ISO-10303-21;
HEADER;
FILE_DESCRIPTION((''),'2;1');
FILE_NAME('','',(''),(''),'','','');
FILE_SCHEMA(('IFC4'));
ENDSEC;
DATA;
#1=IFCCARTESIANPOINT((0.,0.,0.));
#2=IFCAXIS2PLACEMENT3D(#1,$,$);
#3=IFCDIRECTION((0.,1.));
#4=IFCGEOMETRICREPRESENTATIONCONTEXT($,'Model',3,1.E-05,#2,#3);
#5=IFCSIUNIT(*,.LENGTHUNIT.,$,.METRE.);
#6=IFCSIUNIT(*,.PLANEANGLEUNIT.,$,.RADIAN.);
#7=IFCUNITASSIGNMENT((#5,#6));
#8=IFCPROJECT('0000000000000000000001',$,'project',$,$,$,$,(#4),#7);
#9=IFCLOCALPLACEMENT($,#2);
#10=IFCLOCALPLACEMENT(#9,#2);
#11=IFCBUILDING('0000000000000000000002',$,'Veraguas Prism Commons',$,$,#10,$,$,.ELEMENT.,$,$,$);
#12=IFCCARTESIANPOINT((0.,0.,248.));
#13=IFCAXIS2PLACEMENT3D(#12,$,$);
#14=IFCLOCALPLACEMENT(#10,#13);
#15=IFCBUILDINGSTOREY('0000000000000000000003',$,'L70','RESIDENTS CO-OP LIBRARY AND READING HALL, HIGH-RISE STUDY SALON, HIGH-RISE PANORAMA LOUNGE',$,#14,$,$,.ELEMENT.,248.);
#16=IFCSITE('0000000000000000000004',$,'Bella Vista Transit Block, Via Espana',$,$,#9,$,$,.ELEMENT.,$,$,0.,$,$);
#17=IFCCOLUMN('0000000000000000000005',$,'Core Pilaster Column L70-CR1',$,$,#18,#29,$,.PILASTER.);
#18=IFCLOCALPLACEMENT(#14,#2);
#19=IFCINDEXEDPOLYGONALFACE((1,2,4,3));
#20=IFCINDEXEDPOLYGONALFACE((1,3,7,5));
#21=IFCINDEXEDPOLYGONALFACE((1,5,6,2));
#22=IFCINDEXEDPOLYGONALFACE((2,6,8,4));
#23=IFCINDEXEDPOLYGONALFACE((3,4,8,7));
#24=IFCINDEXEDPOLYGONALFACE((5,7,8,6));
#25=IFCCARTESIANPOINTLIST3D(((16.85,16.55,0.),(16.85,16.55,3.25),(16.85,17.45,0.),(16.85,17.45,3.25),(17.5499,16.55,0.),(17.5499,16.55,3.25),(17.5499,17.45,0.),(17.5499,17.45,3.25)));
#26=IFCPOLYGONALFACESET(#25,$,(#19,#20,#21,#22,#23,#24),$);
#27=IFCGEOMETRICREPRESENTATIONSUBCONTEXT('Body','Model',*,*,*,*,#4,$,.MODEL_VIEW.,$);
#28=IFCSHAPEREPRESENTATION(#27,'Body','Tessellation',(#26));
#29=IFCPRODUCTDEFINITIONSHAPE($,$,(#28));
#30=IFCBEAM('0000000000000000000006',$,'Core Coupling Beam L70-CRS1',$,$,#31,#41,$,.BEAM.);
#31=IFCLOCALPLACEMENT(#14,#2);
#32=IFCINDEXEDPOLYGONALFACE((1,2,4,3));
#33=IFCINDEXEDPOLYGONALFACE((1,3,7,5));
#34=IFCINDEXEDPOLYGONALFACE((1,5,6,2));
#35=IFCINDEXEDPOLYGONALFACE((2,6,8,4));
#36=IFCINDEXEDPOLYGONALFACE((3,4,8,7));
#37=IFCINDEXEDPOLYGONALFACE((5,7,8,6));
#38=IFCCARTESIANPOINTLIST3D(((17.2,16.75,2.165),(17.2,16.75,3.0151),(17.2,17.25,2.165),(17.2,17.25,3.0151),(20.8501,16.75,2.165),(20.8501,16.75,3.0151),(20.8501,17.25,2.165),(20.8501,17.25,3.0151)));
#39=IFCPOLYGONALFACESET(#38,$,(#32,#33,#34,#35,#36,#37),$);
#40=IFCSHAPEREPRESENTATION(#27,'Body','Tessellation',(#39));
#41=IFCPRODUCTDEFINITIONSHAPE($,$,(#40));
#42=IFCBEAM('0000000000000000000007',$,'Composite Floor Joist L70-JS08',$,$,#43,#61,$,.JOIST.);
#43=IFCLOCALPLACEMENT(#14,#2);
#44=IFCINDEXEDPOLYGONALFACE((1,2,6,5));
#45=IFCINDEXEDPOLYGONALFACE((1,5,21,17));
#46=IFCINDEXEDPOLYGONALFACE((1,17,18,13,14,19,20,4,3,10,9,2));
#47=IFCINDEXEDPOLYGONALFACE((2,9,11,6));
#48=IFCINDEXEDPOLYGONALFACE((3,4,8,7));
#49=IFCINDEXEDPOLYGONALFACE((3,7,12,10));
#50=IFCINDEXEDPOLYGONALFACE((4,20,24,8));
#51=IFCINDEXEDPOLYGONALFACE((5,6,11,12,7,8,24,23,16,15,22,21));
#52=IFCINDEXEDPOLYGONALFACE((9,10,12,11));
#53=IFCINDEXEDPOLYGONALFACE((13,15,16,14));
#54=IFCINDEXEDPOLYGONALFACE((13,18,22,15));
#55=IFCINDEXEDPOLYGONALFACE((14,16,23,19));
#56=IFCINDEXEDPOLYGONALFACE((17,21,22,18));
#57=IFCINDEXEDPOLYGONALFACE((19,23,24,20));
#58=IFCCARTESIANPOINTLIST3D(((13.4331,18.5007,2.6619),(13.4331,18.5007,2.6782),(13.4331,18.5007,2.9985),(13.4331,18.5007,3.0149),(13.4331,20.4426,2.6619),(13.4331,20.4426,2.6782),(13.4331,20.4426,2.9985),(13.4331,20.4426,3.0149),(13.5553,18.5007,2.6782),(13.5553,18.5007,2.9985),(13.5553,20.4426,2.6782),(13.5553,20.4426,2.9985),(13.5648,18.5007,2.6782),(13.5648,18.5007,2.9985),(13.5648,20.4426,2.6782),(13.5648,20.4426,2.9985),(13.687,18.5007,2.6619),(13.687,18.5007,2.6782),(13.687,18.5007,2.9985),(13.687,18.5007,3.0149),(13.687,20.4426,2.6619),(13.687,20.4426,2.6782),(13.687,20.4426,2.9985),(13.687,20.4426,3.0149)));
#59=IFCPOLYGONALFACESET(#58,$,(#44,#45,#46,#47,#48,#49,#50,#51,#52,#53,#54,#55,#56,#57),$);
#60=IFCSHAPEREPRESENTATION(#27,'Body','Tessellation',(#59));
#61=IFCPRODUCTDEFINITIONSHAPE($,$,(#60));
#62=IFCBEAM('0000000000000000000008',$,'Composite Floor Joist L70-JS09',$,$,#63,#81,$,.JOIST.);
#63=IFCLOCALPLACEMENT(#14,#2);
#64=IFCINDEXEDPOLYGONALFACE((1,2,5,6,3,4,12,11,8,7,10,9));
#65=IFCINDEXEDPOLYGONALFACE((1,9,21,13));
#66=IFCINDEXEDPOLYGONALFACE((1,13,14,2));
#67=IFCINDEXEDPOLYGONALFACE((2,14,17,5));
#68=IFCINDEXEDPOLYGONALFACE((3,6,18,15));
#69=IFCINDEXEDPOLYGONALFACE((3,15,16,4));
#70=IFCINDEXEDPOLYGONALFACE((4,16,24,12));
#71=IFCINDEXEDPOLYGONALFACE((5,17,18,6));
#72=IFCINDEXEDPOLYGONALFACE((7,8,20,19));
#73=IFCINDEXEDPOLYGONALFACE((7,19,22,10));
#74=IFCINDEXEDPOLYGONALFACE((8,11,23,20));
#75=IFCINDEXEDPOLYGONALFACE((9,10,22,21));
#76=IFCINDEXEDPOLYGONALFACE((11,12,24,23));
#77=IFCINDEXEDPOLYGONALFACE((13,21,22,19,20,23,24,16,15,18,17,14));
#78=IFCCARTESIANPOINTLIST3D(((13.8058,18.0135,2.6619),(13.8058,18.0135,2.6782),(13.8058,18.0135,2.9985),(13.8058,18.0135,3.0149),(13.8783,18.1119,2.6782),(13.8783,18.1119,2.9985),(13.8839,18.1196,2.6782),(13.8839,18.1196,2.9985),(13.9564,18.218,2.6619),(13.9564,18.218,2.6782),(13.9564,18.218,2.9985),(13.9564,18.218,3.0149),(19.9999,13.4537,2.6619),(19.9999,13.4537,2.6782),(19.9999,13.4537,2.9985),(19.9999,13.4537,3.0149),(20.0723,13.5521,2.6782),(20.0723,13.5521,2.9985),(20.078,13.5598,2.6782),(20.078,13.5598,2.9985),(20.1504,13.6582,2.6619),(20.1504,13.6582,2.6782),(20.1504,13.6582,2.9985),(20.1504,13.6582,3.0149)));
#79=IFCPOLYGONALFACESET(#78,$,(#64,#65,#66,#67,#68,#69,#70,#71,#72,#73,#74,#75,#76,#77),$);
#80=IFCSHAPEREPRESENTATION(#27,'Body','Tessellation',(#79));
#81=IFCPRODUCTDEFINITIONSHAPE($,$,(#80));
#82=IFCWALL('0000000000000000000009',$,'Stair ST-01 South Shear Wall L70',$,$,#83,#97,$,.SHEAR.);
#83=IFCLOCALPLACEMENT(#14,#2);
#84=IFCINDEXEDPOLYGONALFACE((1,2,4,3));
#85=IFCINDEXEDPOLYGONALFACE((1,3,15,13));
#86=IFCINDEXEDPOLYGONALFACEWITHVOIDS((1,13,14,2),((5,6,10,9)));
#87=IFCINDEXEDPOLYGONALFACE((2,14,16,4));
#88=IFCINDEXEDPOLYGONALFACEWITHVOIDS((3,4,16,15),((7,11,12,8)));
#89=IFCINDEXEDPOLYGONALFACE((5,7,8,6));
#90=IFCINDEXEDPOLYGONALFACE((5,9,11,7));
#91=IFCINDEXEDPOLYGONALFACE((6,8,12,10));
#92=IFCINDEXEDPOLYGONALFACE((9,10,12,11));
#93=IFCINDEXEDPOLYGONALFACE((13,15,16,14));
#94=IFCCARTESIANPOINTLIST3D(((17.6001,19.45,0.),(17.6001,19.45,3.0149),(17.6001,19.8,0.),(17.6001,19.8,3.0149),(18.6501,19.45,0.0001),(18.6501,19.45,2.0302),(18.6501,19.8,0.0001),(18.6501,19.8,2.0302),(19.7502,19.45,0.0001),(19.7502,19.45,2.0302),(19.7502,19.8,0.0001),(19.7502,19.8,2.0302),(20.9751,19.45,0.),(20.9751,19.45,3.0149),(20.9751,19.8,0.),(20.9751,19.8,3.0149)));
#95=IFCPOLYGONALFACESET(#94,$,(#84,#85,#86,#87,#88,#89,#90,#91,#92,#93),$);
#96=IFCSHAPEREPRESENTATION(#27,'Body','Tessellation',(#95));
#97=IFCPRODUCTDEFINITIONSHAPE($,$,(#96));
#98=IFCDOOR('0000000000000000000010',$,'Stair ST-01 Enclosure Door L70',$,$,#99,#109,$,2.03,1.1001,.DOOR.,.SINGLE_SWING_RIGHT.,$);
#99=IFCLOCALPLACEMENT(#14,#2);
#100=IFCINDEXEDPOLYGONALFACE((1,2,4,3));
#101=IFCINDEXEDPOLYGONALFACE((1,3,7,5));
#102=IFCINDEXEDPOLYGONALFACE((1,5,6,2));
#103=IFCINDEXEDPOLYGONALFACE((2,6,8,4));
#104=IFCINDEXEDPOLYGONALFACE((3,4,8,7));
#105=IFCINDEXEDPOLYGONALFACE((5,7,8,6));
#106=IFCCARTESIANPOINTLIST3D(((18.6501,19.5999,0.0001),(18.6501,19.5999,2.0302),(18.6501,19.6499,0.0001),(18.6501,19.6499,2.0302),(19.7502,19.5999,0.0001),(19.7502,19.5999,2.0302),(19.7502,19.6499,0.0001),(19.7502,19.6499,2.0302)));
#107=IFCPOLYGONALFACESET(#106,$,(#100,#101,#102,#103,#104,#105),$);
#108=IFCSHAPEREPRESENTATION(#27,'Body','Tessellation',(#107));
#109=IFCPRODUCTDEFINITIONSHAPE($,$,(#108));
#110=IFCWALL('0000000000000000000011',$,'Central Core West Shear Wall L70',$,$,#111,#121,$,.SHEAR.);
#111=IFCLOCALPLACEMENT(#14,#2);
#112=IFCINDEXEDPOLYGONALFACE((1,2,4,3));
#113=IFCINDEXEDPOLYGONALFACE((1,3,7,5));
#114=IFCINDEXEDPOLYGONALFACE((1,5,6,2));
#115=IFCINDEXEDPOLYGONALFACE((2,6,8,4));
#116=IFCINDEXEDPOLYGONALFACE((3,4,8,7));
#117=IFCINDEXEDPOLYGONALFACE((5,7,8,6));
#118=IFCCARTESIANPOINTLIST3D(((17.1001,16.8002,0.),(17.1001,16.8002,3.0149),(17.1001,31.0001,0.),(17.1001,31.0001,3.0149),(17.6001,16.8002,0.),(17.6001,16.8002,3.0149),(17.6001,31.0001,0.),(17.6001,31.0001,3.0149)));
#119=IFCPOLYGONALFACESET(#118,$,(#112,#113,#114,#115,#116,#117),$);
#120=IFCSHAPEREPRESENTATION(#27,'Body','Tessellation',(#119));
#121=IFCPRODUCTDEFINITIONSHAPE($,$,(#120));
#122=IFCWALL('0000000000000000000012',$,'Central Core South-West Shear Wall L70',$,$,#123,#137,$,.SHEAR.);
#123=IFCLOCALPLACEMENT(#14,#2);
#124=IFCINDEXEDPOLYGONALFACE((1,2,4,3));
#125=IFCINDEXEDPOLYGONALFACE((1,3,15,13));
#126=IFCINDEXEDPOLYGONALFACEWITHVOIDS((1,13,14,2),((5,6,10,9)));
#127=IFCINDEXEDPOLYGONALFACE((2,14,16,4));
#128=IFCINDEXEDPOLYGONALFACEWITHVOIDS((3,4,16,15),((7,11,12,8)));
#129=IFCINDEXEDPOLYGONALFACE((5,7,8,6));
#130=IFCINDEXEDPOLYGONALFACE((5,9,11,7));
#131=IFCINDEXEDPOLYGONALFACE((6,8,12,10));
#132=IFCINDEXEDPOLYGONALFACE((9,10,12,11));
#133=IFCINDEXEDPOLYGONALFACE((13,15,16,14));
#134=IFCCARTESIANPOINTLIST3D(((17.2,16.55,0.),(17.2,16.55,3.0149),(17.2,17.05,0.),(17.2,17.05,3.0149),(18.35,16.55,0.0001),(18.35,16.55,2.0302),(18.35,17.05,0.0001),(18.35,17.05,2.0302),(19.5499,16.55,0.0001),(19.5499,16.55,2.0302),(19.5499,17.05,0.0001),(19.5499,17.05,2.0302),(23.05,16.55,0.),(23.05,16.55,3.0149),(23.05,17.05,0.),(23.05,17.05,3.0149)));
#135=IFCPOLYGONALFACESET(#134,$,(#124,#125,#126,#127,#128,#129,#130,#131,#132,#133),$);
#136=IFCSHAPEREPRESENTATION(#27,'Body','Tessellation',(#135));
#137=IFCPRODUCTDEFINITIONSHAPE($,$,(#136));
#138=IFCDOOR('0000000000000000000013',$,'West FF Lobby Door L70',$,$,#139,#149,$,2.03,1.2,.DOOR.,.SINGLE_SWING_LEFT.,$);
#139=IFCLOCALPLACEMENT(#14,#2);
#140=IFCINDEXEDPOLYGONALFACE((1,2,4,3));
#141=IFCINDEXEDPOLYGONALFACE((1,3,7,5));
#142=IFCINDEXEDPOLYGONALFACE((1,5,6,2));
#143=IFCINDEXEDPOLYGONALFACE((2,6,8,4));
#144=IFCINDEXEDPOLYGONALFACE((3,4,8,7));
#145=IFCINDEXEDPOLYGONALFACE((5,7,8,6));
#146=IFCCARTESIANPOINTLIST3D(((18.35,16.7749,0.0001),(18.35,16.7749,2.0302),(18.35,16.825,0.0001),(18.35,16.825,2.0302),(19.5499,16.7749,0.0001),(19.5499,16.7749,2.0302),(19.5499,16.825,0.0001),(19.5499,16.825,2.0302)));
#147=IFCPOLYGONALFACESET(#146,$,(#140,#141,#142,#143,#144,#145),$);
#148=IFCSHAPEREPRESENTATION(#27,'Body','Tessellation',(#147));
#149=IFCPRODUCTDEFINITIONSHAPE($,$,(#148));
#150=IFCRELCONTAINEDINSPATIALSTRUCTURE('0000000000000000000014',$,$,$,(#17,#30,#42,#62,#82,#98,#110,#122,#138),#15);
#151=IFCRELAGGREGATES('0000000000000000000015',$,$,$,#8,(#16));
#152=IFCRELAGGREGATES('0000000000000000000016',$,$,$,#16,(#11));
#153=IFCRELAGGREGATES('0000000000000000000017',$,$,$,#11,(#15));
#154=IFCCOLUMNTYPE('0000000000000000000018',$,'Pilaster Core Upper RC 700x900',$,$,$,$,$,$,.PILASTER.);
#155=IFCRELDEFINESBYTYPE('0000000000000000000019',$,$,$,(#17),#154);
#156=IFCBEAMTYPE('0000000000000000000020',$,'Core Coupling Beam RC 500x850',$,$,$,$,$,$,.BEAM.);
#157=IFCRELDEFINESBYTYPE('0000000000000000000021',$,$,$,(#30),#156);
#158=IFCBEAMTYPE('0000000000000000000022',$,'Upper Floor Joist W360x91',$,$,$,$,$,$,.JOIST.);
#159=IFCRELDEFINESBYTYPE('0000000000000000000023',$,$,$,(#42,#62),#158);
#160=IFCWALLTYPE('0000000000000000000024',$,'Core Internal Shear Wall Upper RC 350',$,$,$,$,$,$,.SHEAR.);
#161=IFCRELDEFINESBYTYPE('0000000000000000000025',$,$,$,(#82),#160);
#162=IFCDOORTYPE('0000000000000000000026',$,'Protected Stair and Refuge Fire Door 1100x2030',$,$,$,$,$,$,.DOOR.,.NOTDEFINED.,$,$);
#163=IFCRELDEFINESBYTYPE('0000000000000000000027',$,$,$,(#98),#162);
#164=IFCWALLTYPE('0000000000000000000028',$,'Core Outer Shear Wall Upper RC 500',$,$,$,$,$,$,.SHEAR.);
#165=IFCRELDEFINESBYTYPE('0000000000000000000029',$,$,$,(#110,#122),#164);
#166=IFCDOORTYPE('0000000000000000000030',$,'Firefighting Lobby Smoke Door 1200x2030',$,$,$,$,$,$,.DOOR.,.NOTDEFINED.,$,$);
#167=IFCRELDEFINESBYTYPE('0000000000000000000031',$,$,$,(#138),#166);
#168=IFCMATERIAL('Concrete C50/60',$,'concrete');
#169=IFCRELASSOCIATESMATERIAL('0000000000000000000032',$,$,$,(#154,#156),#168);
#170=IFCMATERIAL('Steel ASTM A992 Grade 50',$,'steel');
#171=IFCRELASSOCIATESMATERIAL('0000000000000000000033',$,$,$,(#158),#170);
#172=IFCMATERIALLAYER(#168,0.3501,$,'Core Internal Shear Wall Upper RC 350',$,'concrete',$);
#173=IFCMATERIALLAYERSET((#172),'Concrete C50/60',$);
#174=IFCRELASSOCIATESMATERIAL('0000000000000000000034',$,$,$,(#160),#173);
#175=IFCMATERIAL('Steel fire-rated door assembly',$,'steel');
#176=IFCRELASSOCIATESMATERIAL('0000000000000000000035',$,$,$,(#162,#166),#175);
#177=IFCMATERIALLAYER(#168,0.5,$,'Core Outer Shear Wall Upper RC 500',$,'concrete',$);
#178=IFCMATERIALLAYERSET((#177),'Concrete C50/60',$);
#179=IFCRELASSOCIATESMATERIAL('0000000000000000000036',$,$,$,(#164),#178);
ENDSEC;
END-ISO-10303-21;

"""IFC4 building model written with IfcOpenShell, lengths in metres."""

from ifc_helpers import new_model, si_unit, direction, frame, frame_2d, origin, origin_2d, place, context, subcontext, project, spatial, rectangle, i_section, extrude, source, transform, mapped, material, layer, layer_set, material_profile, profile_set, type_object, element, fill, save


model = new_model("IFC4")

# Units and contexts
model_context = context("Model", 3, precision=1e-05, world=origin(), true_north=direction((0.0, 1.0)))
body_context = subcontext(model_context, "Body", "Model", "MODEL_VIEW")
ifc_project = project(units=[si_unit("LENGTHUNIT", "METRE"), si_unit("PLANEANGLEUNIT", "RADIAN")], contexts=[model_context])

# Site, building, storey
site_placement = place(None, origin())
site = spatial("IfcSite", under=ifc_project, at=site_placement, Name="Bella Vista Transit Block, Via Espana", CompositionType="ELEMENT", RefElevation=0.0)
building_placement = place(site_placement, origin())
building = spatial("IfcBuilding", under=site, at=building_placement, Name="Veraguas Prism Commons", CompositionType="ELEMENT")
storey_placement = place(building_placement, frame((0.0, 0.0, 248.0)))
storey = spatial("IfcBuildingStorey", under=building, at=storey_placement, Name="L70", Description="RESIDENTS CO-OP LIBRARY AND READING HALL, HIGH-RISE STUDY SALON, HIGH-RISE PANORAMA LOUNGE", CompositionType="ELEMENT", Elevation=248.0)

# Column
ifc_material_1 = material(Name="Concrete C50/60", Category="concrete")
ifc_material_profile_1 = material_profile(ifc_material_1, rectangle(XDim=0.7, YDim=0.8999, at=origin_2d()), Name="RC700X900")
ifc_profile_set_1 = profile_set([ifc_material_profile_1], Name="Concrete C50/60")
column_type = type_object("IfcColumnType", Name="Pilaster Core Upper RC 700x900", PredefinedType="PILASTER", material=ifc_profile_set_1)
column_placement = place(storey_placement, frame((17.2, 17.0, 0.0), z_axis=(0.0, 0.0, 1.0), x_axis=(1.0, 0.0, 0.0)))
element("IfcColumn", 1, at=column_placement, inside=storey, type_object=column_type, Name="Core Pilaster Column L70-CR1", PredefinedType="PILASTER", context=body_context, shape_type="SweptSolid", body=[
    extrude(rectangle(XDim=0.7, YDim=0.8999, at=origin_2d()), origin(), (0.0, 0.0, 1.0), 3.25),
])

# Beams
ifc_material_profile_2 = material_profile(ifc_material_1, rectangle(XDim=0.5, YDim=0.8501, at=origin_2d()), Name="RC500X850")
ifc_profile_set_2 = profile_set([ifc_material_profile_2], Name="Concrete C50/60")
beam_type_1 = type_object("IfcBeamType", Name="Core Coupling Beam RC 500x850", PredefinedType="BEAM", material=ifc_profile_set_2)
beam_1_placement = place(storey_placement, frame((17.2, 17.0, 2.5901), z_axis=(1.0, 0.0, 0.0), x_axis=(0.0, 1.0, 0.0)))
element("IfcBeam", 2, at=beam_1_placement, inside=storey, type_object=beam_type_1, Name="Core Coupling Beam L70-CRS1", PredefinedType="BEAM", context=body_context, shape_type="SweptSolid", body=[
    extrude(rectangle(XDim=0.5, YDim=0.8501, at=origin_2d()), origin(), (0.0, 0.0, 1.0), 3.6501),
])
ifc_material_2 = material(Name="Steel ASTM A992 Grade 50", Category="steel")
ifc_material_profile_3 = material_profile(ifc_material_2, i_section(OverallWidth=0.2539, OverallDepth=0.353, WebThickness=0.0095, FlangeThickness=0.0164, at=origin_2d()), Name="W360X91")
ifc_profile_set_3 = profile_set([ifc_material_profile_3], Name="Steel ASTM A992 Grade 50")
beam_type_2 = type_object("IfcBeamType", Name="Upper Floor Joist W360x91", PredefinedType="JOIST", material=ifc_profile_set_3)
beam_2_placement = place(storey_placement, frame((13.5601, 20.4426, 2.8384), z_axis=(0.0, -1.0, 0.0), x_axis=(1.0, 0.0, 0.0)))
element("IfcBeam", 3, at=beam_2_placement, inside=storey, type_object=beam_type_2, Name="Composite Floor Joist L70-JS08", PredefinedType="JOIST", context=body_context, shape_type="SweptSolid", body=[
    extrude(i_section(OverallWidth=0.2539, OverallDepth=0.353, WebThickness=0.0095, FlangeThickness=0.0164, at=origin_2d()), origin(), (0.0, 0.0, 1.0), 1.9419),
])
beam_3_placement = place(storey_placement, frame((13.8811, 18.1157, 2.8384), z_axis=(0.80532, -0.592841, 0.0), x_axis=(0.592841, 0.80532, 0.0)))
element("IfcBeam", 4, at=beam_3_placement, inside=storey, type_object=beam_type_2, Name="Composite Floor Joist L70-JS09", PredefinedType="JOIST", context=body_context, shape_type="SweptSolid", body=[
    extrude(i_section(OverallWidth=0.2539, OverallDepth=0.353, WebThickness=0.0095, FlangeThickness=0.0164, at=origin_2d()), origin(), (0.0, 0.0, 1.0), 7.6914),
])

# Wall, opening, door
ifc_layer_1 = layer(ifc_material_1, 0.3501, Name="Core Internal Shear Wall Upper RC 350", Category="concrete")
ifc_layer_set_1 = layer_set([ifc_layer_1], Name="Concrete C50/60")
wall_type_1 = type_object("IfcWallType", Name="Core Internal Shear Wall Upper RC 350", PredefinedType="SHEAR", material=ifc_layer_set_1)
wall_1_placement = place(storey_placement, frame((17.6001, 19.625, 0.0), z_axis=(0.0, 0.0, 1.0), x_axis=(1.0, 0.0, 0.0)))
wall_1 = element("IfcWall", 5, at=wall_1_placement, inside=storey, type_object=wall_type_1, Name="Stair ST-01 South Shear Wall L70", PredefinedType="SHEAR", context=body_context, shape_type="SweptSolid", body=[
    extrude(rectangle(XDim=3.375, YDim=0.3501, at=frame_2d((1.6875, 0.0))), origin(), (0.0, 0.0, 1.0), 3.0149),
])
opening_1_placement = place(wall_1_placement, frame((1.05, 0.0, 0.0)))
opening_1 = element("IfcOpeningElement", 6, at=opening_1_placement, cuts=wall_1, PredefinedType="OPENING", context=body_context, shape_type="SweptSolid", body=[
    extrude(rectangle(XDim=1.1001, YDim=2.03, at=frame_2d((0.55, 1.0151))), frame((0.0, 0.1851, 0.0), z_axis=(0.0, -1.0, 0.0), x_axis=(1.0, 0.0, 0.0)), (0.0, 0.0, 1.0), 0.3701),
])
ifc_material_3 = material(Name="Steel fire-rated door assembly", Category="steel")
door_type_1 = type_object("IfcDoorType", Name="Protected Stair and Refuge Fire Door 1100x2030", OperationType="NOTDEFINED", PredefinedType="DOOR", material=ifc_material_3)
shared_shape_1 = source(origin(), body_context, "Body", "SweptSolid", [
    extrude(rectangle(XDim=1.1001, YDim=2.03, at=frame_2d((0.55, 1.0151))), frame((0.0, 0.0249, 0.0), z_axis=(0.0, -1.0, 0.0), x_axis=(1.0, 0.0, 0.0)), (0.0, 0.0, 1.0), 0.05),
])
door_1_placement = place(opening_1_placement, origin())
door_1 = element("IfcDoor", 7, at=door_1_placement, inside=storey, type_object=door_type_1, Name="Stair ST-01 Enclosure Door L70", OperationType="SINGLE_SWING_RIGHT", OverallHeight=2.03, OverallWidth=1.1001, PredefinedType="DOOR", context=body_context, shape_type="MappedRepresentation", body=[
    mapped(shared_shape_1, transform((0.0, 0.0, 0.0), scale=1.0)),
])
fill(opening_1, door_1)

# Wall
ifc_layer_2 = layer(ifc_material_1, 0.5, Name="Core Outer Shear Wall Upper RC 500", Category="concrete")
ifc_layer_set_2 = layer_set([ifc_layer_2], Name="Concrete C50/60")
wall_type_2 = type_object("IfcWallType", Name="Core Outer Shear Wall Upper RC 500", PredefinedType="SHEAR", material=ifc_layer_set_2)
wall_2_placement = place(storey_placement, frame((17.3501, 16.8, 0.0), z_axis=(0.0, 0.0, 1.0), x_axis=(0.0, 1.0, 0.0)))
element("IfcWall", 8, at=wall_2_placement, inside=storey, type_object=wall_type_2, Name="Central Core West Shear Wall L70", PredefinedType="SHEAR", context=body_context, shape_type="SweptSolid", body=[
    extrude(rectangle(XDim=14.2, YDim=0.5, at=frame_2d((7.1001, 0.0))), origin(), (0.0, 0.0, 1.0), 3.0149),
])

# Wall, opening, door
wall_3_placement = place(storey_placement, frame((17.2, 16.8, 0.0), z_axis=(0.0, 0.0, 1.0), x_axis=(1.0, 0.0, 0.0)))
wall_3 = element("IfcWall", 9, at=wall_3_placement, inside=storey, type_object=wall_type_2, Name="Central Core South-West Shear Wall L70", PredefinedType="SHEAR", context=body_context, shape_type="SweptSolid", body=[
    extrude(rectangle(XDim=5.8501, YDim=0.5, at=frame_2d((2.925, 0.0))), origin(), (0.0, 0.0, 1.0), 3.0149),
])
opening_2_placement = place(wall_3_placement, frame((1.1499, 0.0, 0.0)))
opening_2 = element("IfcOpeningElement", 10, at=opening_2_placement, cuts=wall_3, PredefinedType="OPENING", context=body_context, shape_type="SweptSolid", body=[
    extrude(rectangle(XDim=1.2, YDim=2.03, at=frame_2d((0.6001, 1.0151))), frame((0.0, 0.26, 0.0), z_axis=(0.0, -1.0, 0.0), x_axis=(1.0, 0.0, 0.0)), (0.0, 0.0, 1.0), 0.52),
])
door_type_2 = type_object("IfcDoorType", Name="Firefighting Lobby Smoke Door 1200x2030", OperationType="NOTDEFINED", PredefinedType="DOOR", material=ifc_material_3)
shared_shape_2 = source(origin(), body_context, "Body", "SweptSolid", [
    extrude(rectangle(XDim=1.2, YDim=2.03, at=frame_2d((0.6001, 1.0151))), frame((0.0, 0.0249, 0.0), z_axis=(0.0, -1.0, 0.0), x_axis=(1.0, 0.0, 0.0)), (0.0, 0.0, 1.0), 0.05),
])
door_2_placement = place(opening_2_placement, origin())
door_2 = element("IfcDoor", 11, at=door_2_placement, inside=storey, type_object=door_type_2, Name="West FF Lobby Door L70", OperationType="SINGLE_SWING_LEFT", OverallHeight=2.03, OverallWidth=1.2, PredefinedType="DOOR", context=body_context, shape_type="MappedRepresentation", body=[
    mapped(shared_shape_2, transform((0.0, 0.0, 0.0), scale=1.0)),
])
fill(opening_2, door_2)

save(model, "model.ifc")
